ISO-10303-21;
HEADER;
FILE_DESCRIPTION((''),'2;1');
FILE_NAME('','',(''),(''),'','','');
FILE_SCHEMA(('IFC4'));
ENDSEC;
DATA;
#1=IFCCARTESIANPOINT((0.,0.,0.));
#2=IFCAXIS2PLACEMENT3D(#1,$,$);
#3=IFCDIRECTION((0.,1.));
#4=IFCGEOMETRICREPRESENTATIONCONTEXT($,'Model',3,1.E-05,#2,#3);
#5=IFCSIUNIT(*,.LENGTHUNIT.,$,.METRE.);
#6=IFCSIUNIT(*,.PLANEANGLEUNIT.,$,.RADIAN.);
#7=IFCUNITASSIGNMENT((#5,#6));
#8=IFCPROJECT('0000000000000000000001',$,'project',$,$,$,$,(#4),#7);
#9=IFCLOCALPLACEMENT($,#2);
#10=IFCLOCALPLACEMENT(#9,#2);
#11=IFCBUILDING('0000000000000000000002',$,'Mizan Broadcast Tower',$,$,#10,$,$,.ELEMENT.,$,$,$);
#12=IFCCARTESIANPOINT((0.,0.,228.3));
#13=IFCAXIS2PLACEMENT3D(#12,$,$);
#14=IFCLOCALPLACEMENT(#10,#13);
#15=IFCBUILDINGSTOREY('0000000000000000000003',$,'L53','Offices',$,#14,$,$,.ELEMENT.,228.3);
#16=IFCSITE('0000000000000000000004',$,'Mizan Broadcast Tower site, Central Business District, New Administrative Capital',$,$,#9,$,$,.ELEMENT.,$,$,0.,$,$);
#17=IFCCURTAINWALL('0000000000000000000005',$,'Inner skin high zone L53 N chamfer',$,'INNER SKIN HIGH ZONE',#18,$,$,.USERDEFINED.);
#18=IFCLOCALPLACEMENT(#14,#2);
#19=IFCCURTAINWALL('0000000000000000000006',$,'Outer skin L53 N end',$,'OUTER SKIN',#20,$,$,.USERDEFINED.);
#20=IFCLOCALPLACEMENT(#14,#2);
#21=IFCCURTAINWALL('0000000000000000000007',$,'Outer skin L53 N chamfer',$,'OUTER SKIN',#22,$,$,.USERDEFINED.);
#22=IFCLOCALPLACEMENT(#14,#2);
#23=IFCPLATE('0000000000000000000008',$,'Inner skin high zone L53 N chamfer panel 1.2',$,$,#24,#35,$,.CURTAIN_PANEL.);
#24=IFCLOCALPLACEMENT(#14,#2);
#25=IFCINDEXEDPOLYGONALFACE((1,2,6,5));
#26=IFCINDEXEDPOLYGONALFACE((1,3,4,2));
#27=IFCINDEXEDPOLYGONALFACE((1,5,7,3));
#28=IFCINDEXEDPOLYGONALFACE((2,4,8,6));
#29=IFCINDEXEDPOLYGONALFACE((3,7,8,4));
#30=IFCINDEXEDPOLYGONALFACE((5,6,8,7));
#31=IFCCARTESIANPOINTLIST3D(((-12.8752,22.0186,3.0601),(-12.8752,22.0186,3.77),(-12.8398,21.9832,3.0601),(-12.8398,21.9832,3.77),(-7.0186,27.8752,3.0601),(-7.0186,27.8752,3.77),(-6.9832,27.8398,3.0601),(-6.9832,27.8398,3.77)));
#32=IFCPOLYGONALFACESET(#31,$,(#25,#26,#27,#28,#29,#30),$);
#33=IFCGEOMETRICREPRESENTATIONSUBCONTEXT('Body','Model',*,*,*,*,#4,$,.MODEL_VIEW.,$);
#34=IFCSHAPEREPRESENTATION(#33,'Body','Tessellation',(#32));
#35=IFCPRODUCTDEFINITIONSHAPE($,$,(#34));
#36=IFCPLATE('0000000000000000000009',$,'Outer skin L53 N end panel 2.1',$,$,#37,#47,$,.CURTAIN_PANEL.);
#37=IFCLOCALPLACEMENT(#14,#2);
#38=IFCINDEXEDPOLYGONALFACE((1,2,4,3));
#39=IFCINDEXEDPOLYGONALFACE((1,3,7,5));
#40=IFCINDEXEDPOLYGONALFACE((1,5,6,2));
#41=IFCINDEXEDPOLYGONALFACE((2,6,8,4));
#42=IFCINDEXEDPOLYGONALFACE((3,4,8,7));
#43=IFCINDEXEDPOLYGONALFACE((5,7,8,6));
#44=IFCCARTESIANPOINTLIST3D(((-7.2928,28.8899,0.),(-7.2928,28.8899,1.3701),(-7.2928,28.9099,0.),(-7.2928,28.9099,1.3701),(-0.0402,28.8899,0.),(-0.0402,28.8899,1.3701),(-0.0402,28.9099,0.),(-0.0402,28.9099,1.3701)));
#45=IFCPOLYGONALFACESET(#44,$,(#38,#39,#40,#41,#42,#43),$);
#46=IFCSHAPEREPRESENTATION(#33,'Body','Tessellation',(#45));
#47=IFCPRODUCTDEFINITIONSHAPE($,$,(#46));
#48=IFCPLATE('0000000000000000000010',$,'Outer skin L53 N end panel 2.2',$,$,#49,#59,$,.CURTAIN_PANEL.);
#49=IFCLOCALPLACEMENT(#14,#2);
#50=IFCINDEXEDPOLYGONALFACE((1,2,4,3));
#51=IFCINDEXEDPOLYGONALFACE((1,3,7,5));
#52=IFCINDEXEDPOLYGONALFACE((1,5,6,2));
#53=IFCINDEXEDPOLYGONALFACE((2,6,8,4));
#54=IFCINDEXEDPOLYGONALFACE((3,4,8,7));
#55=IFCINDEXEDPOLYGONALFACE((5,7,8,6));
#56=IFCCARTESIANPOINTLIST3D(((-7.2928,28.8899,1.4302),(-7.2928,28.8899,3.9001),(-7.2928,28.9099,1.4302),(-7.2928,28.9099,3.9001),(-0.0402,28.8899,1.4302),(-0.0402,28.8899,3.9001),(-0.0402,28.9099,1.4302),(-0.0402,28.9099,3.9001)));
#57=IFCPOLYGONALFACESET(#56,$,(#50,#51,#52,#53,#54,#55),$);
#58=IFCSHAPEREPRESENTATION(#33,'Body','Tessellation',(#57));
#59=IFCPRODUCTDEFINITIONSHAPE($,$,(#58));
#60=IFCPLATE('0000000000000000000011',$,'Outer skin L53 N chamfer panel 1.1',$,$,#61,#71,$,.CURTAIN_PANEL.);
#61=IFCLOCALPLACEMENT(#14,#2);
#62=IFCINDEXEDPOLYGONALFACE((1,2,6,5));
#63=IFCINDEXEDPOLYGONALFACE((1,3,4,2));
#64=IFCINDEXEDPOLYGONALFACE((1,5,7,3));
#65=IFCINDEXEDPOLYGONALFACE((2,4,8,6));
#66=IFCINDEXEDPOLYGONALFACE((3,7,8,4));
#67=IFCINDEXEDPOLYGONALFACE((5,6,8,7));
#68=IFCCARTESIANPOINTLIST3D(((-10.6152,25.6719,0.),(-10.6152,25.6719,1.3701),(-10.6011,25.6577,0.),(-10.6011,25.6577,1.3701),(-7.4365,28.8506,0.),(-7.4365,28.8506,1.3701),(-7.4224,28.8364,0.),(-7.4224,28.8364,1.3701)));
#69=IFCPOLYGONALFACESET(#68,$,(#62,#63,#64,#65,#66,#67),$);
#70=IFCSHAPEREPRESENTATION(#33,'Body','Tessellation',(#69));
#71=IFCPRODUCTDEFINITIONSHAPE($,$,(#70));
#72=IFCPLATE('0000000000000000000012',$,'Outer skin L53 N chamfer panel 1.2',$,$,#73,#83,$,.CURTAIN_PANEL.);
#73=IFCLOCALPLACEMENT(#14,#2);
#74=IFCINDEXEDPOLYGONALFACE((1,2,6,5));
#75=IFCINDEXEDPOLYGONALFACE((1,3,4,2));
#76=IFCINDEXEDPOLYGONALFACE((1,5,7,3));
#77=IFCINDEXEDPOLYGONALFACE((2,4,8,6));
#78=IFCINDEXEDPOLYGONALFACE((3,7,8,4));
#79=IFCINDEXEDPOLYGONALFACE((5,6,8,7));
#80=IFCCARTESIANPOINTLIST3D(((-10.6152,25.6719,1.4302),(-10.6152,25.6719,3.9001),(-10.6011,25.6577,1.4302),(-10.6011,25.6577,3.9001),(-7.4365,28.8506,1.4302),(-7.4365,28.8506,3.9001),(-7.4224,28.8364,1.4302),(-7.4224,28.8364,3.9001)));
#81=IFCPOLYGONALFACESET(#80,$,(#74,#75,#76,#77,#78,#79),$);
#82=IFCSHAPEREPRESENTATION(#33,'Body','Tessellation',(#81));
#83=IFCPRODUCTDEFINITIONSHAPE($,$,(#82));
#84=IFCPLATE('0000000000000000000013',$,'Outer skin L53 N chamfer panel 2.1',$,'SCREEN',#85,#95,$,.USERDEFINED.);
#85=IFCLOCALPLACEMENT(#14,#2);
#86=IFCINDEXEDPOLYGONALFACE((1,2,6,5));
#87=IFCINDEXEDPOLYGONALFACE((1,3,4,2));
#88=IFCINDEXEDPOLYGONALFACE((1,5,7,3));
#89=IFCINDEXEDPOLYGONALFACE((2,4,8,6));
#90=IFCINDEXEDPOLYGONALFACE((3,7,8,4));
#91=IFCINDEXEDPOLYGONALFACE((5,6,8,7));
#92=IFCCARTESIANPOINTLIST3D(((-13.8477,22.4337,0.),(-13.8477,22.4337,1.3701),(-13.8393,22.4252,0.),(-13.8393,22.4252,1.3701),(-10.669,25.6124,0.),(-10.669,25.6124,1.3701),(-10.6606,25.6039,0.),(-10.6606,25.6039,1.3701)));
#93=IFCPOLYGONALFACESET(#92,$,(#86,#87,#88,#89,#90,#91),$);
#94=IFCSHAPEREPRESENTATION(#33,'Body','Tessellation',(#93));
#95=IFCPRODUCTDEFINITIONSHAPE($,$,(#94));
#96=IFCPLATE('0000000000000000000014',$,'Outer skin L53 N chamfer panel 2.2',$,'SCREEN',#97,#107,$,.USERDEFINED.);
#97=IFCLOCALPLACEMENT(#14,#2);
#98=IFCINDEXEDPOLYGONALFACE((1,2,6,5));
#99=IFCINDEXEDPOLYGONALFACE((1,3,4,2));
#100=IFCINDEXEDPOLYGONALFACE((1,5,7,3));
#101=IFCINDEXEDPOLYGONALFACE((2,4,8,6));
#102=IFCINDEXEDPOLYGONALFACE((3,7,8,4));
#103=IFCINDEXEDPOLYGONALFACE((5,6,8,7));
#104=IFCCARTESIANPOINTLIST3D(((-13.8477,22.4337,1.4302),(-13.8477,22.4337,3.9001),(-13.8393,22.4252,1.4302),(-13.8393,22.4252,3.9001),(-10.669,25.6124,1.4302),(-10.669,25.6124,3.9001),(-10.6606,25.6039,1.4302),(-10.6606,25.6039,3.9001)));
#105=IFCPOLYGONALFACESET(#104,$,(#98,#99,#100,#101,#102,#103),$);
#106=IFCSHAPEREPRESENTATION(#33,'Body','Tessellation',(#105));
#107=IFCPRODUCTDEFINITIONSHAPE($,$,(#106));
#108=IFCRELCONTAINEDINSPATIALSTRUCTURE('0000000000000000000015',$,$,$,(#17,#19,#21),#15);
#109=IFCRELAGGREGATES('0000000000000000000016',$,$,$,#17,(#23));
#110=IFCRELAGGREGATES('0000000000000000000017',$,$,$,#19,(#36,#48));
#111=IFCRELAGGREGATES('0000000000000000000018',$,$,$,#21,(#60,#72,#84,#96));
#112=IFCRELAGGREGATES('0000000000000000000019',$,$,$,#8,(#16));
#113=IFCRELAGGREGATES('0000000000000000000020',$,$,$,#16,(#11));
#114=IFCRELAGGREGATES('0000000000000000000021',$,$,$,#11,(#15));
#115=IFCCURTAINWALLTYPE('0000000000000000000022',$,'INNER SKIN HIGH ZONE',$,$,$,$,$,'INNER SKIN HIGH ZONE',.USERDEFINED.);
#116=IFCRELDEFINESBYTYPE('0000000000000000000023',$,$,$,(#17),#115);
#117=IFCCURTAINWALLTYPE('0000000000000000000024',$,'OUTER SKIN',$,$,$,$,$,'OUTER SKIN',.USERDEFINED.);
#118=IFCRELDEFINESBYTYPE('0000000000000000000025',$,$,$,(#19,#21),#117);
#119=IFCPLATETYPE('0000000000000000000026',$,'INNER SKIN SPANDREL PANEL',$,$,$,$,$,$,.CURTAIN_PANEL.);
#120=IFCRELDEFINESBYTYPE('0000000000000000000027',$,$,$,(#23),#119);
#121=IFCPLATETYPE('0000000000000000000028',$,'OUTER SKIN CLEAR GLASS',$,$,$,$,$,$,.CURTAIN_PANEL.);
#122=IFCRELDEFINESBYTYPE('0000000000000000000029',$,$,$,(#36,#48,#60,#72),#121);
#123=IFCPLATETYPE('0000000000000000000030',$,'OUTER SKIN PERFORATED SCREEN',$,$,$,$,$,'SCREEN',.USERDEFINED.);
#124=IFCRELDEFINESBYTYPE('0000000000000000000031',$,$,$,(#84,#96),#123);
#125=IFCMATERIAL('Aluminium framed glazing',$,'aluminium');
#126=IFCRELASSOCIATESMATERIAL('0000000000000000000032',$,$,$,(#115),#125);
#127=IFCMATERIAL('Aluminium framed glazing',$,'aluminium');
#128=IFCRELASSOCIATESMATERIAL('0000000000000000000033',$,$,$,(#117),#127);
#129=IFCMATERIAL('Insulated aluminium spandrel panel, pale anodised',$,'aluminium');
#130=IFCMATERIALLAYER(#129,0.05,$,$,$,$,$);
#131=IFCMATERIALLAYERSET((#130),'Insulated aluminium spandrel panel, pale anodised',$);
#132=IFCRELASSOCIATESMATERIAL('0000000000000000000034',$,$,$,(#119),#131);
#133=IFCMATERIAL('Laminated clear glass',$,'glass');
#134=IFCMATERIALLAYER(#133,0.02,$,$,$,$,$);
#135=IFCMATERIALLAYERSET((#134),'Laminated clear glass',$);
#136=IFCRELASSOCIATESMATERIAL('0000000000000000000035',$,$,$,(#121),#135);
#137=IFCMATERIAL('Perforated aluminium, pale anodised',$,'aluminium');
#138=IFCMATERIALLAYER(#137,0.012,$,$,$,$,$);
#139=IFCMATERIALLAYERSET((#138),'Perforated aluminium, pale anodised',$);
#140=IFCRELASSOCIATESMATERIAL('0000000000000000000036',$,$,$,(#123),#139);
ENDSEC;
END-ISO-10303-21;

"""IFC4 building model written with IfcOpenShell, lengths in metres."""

from ifc_helpers import new_model, si_unit, direction, frame, origin, origin_2d, place, context, subcontext, project, spatial, rectangle, extrude, material, layer, layer_set, type_object, element, aggregate, save


model = new_model("IFC4")

# Units and contexts
model_context = context("Model", 3, precision=1e-05, world=origin(), true_north=direction((0.0, 1.0)))
body_context = subcontext(model_context, "Body", "Model", "MODEL_VIEW")
ifc_project = project(units=[si_unit("LENGTHUNIT", "METRE"), si_unit("PLANEANGLEUNIT", "RADIAN")], contexts=[model_context])

# Site, building, storey
site_placement = place(None, origin())
site = spatial("IfcSite", under=ifc_project, at=site_placement, Name="Mizan Broadcast Tower site, Central Business District, New Administrative Capital", CompositionType="ELEMENT", RefElevation=0.0)
building_placement = place(site_placement, origin())
building = spatial("IfcBuilding", under=site, at=building_placement, Name="Mizan Broadcast Tower", CompositionType="ELEMENT")
storey_placement = place(building_placement, frame((0.0, 0.0, 228.3)))
storey = spatial("IfcBuildingStorey", under=building, at=storey_placement, Name="L53", Description="Offices", CompositionType="ELEMENT", Elevation=228.3)

# Shared definitions
ifc_material_1 = material(Name="Aluminium framed glazing", Category="aluminium")
curtain_wall_type_1 = type_object("IfcCurtainWallType", Name="INNER SKIN HIGH ZONE", ElementType="INNER SKIN HIGH ZONE", PredefinedType="USERDEFINED", material=ifc_material_1)

# Curtain wall
curtain_wall_1_placement = place(storey_placement, origin())
curtain_wall_1 = element("IfcCurtainWall", 1, at=curtain_wall_1_placement, inside=storey, type_object=curtain_wall_type_1, Name="Inner skin high zone L53 N chamfer", ObjectType="INNER SKIN HIGH ZONE", PredefinedType="USERDEFINED")

# Curtain walls
ifc_material_2 = material(Name="Aluminium framed glazing", Category="aluminium")
curtain_wall_type_2 = type_object("IfcCurtainWallType", Name="OUTER SKIN", ElementType="OUTER SKIN", PredefinedType="USERDEFINED", material=ifc_material_2)
curtain_wall_2_placement = place(storey_placement, origin())
curtain_wall_2 = element("IfcCurtainWall", 2, at=curtain_wall_2_placement, inside=storey, type_object=curtain_wall_type_2, Name="Outer skin L53 N end", ObjectType="OUTER SKIN", PredefinedType="USERDEFINED")
curtain_wall_3_placement = place(storey_placement, origin())
curtain_wall_3 = element("IfcCurtainWall", 3, at=curtain_wall_3_placement, inside=storey, type_object=curtain_wall_type_2, Name="Outer skin L53 N chamfer", ObjectType="OUTER SKIN", PredefinedType="USERDEFINED")

# Plates
ifc_material_3 = material(Name="Insulated aluminium spandrel panel, pale anodised", Category="aluminium")
ifc_layer_1 = layer(ifc_material_3, 0.05)
ifc_layer_set_1 = layer_set([ifc_layer_1], Name="Insulated aluminium spandrel panel, pale anodised")
plate_type_1 = type_object("IfcPlateType", Name="INNER SKIN SPANDREL PANEL", PredefinedType="CURTAIN_PANEL", material=ifc_layer_set_1)
plate_1_placement = place(storey_placement, frame((-9.9292, 24.9292, 3.0601), z_axis=(0.0, 0.0, 1.0), x_axis=(-0.707107, -0.707107, 0.0)))
plate_1 = element("IfcPlate", 4, at=plate_1_placement, type_object=plate_type_1, Name="Inner skin high zone L53 N chamfer panel 1.2", PredefinedType="CURTAIN_PANEL", context=body_context, shape_type="SweptSolid", body=[
    extrude(rectangle(XDim=8.2825, YDim=0.05, at=origin_2d()), origin(), (0.0, 0.0, 1.0), 0.71),
])
aggregate(curtain_wall_1, [plate_1])
ifc_material_4 = material(Name="Laminated clear glass", Category="glass")
ifc_layer_2 = layer(ifc_material_4, 0.02)
ifc_layer_set_2 = layer_set([ifc_layer_2], Name="Laminated clear glass")
plate_type_2 = type_object("IfcPlateType", Name="OUTER SKIN CLEAR GLASS", PredefinedType="CURTAIN_PANEL", material=ifc_layer_set_2)
plate_2_placement = place(storey_placement, frame((-3.6665, 28.8999, 0.0), z_axis=(0.0, 0.0, 1.0), x_axis=(-1.0, 0.0, 0.0)))
plate_2 = element("IfcPlate", 5, at=plate_2_placement, type_object=plate_type_2, Name="Outer skin L53 N end panel 2.1", PredefinedType="CURTAIN_PANEL", context=body_context, shape_type="SweptSolid", body=[
    extrude(rectangle(XDim=7.2527, YDim=0.02, at=origin_2d()), origin(), (0.0, 0.0, 1.0), 1.3701),
])
plate_3_placement = place(storey_placement, frame((-3.6665, 28.8999, 1.4302), z_axis=(0.0, 0.0, 1.0), x_axis=(-1.0, 0.0, 0.0)))
plate_3 = element("IfcPlate", 6, at=plate_3_placement, type_object=plate_type_2, Name="Outer skin L53 N end panel 2.2", PredefinedType="CURTAIN_PANEL", context=body_context, shape_type="SweptSolid", body=[
    extrude(rectangle(XDim=7.2527, YDim=0.02, at=origin_2d()), origin(), (0.0, 0.0, 1.0), 2.47),
])
aggregate(curtain_wall_2, [plate_2, plate_3])
plate_4_placement = place(storey_placement, frame((-9.0188, 27.2542, 0.0), z_axis=(0.0, 0.0, 1.0), x_axis=(-0.707107, -0.707107, 0.0)))
plate_4 = element("IfcPlate", 7, at=plate_4_placement, type_object=plate_type_2, Name="Outer skin L53 N chamfer panel 1.1", PredefinedType="CURTAIN_PANEL", context=body_context, shape_type="SweptSolid", body=[
    extrude(rectangle(XDim=4.4954, YDim=0.02, at=origin_2d()), origin(), (0.0, 0.0, 1.0), 1.3701),
])
plate_5_placement = place(storey_placement, frame((-9.0188, 27.2542, 1.4302), z_axis=(0.0, 0.0, 1.0), x_axis=(-0.707107, -0.707107, 0.0)))
plate_5 = element("IfcPlate", 8, at=plate_5_placement, type_object=plate_type_2, Name="Outer skin L53 N chamfer panel 1.2", PredefinedType="CURTAIN_PANEL", context=body_context, shape_type="SweptSolid", body=[
    extrude(rectangle(XDim=4.4954, YDim=0.02, at=origin_2d()), origin(), (0.0, 0.0, 1.0), 2.47),
])
ifc_material_5 = material(Name="Perforated aluminium, pale anodised", Category="aluminium")
ifc_layer_3 = layer(ifc_material_5, 0.012)
ifc_layer_set_3 = layer_set([ifc_layer_3], Name="Perforated aluminium, pale anodised")
plate_type_3 = type_object("IfcPlateType", Name="OUTER SKIN PERFORATED SCREEN", ElementType="SCREEN", PredefinedType="USERDEFINED", material=ifc_layer_set_3)
plate_6_placement = place(storey_placement, frame((-12.2542, 24.0188, 0.0), z_axis=(0.0, 0.0, 1.0), x_axis=(-0.707107, -0.707107, 0.0)))
plate_6 = element("IfcPlate", 9, at=plate_6_placement, type_object=plate_type_3, Name="Outer skin L53 N chamfer panel 2.1", ObjectType="SCREEN", PredefinedType="USERDEFINED", context=body_context, shape_type="SweptSolid", body=[
    extrude(rectangle(XDim=4.4954, YDim=0.012, at=origin_2d()), origin(), (0.0, 0.0, 1.0), 1.3701),
])
plate_7_placement = place(storey_placement, frame((-12.2542, 24.0188, 1.4302), z_axis=(0.0, 0.0, 1.0), x_axis=(-0.707107, -0.707107, 0.0)))
plate_7 = element("IfcPlate", 10, at=plate_7_placement, type_object=plate_type_3, Name="Outer skin L53 N chamfer panel 2.2", ObjectType="SCREEN", PredefinedType="USERDEFINED", context=body_context, shape_type="SweptSolid", body=[
    extrude(rectangle(XDim=4.4954, YDim=0.012, at=origin_2d()), origin(), (0.0, 0.0, 1.0), 2.47),
])
aggregate(curtain_wall_3, [plate_4, plate_5, plate_6, plate_7])

save(model, "model.ifc")
